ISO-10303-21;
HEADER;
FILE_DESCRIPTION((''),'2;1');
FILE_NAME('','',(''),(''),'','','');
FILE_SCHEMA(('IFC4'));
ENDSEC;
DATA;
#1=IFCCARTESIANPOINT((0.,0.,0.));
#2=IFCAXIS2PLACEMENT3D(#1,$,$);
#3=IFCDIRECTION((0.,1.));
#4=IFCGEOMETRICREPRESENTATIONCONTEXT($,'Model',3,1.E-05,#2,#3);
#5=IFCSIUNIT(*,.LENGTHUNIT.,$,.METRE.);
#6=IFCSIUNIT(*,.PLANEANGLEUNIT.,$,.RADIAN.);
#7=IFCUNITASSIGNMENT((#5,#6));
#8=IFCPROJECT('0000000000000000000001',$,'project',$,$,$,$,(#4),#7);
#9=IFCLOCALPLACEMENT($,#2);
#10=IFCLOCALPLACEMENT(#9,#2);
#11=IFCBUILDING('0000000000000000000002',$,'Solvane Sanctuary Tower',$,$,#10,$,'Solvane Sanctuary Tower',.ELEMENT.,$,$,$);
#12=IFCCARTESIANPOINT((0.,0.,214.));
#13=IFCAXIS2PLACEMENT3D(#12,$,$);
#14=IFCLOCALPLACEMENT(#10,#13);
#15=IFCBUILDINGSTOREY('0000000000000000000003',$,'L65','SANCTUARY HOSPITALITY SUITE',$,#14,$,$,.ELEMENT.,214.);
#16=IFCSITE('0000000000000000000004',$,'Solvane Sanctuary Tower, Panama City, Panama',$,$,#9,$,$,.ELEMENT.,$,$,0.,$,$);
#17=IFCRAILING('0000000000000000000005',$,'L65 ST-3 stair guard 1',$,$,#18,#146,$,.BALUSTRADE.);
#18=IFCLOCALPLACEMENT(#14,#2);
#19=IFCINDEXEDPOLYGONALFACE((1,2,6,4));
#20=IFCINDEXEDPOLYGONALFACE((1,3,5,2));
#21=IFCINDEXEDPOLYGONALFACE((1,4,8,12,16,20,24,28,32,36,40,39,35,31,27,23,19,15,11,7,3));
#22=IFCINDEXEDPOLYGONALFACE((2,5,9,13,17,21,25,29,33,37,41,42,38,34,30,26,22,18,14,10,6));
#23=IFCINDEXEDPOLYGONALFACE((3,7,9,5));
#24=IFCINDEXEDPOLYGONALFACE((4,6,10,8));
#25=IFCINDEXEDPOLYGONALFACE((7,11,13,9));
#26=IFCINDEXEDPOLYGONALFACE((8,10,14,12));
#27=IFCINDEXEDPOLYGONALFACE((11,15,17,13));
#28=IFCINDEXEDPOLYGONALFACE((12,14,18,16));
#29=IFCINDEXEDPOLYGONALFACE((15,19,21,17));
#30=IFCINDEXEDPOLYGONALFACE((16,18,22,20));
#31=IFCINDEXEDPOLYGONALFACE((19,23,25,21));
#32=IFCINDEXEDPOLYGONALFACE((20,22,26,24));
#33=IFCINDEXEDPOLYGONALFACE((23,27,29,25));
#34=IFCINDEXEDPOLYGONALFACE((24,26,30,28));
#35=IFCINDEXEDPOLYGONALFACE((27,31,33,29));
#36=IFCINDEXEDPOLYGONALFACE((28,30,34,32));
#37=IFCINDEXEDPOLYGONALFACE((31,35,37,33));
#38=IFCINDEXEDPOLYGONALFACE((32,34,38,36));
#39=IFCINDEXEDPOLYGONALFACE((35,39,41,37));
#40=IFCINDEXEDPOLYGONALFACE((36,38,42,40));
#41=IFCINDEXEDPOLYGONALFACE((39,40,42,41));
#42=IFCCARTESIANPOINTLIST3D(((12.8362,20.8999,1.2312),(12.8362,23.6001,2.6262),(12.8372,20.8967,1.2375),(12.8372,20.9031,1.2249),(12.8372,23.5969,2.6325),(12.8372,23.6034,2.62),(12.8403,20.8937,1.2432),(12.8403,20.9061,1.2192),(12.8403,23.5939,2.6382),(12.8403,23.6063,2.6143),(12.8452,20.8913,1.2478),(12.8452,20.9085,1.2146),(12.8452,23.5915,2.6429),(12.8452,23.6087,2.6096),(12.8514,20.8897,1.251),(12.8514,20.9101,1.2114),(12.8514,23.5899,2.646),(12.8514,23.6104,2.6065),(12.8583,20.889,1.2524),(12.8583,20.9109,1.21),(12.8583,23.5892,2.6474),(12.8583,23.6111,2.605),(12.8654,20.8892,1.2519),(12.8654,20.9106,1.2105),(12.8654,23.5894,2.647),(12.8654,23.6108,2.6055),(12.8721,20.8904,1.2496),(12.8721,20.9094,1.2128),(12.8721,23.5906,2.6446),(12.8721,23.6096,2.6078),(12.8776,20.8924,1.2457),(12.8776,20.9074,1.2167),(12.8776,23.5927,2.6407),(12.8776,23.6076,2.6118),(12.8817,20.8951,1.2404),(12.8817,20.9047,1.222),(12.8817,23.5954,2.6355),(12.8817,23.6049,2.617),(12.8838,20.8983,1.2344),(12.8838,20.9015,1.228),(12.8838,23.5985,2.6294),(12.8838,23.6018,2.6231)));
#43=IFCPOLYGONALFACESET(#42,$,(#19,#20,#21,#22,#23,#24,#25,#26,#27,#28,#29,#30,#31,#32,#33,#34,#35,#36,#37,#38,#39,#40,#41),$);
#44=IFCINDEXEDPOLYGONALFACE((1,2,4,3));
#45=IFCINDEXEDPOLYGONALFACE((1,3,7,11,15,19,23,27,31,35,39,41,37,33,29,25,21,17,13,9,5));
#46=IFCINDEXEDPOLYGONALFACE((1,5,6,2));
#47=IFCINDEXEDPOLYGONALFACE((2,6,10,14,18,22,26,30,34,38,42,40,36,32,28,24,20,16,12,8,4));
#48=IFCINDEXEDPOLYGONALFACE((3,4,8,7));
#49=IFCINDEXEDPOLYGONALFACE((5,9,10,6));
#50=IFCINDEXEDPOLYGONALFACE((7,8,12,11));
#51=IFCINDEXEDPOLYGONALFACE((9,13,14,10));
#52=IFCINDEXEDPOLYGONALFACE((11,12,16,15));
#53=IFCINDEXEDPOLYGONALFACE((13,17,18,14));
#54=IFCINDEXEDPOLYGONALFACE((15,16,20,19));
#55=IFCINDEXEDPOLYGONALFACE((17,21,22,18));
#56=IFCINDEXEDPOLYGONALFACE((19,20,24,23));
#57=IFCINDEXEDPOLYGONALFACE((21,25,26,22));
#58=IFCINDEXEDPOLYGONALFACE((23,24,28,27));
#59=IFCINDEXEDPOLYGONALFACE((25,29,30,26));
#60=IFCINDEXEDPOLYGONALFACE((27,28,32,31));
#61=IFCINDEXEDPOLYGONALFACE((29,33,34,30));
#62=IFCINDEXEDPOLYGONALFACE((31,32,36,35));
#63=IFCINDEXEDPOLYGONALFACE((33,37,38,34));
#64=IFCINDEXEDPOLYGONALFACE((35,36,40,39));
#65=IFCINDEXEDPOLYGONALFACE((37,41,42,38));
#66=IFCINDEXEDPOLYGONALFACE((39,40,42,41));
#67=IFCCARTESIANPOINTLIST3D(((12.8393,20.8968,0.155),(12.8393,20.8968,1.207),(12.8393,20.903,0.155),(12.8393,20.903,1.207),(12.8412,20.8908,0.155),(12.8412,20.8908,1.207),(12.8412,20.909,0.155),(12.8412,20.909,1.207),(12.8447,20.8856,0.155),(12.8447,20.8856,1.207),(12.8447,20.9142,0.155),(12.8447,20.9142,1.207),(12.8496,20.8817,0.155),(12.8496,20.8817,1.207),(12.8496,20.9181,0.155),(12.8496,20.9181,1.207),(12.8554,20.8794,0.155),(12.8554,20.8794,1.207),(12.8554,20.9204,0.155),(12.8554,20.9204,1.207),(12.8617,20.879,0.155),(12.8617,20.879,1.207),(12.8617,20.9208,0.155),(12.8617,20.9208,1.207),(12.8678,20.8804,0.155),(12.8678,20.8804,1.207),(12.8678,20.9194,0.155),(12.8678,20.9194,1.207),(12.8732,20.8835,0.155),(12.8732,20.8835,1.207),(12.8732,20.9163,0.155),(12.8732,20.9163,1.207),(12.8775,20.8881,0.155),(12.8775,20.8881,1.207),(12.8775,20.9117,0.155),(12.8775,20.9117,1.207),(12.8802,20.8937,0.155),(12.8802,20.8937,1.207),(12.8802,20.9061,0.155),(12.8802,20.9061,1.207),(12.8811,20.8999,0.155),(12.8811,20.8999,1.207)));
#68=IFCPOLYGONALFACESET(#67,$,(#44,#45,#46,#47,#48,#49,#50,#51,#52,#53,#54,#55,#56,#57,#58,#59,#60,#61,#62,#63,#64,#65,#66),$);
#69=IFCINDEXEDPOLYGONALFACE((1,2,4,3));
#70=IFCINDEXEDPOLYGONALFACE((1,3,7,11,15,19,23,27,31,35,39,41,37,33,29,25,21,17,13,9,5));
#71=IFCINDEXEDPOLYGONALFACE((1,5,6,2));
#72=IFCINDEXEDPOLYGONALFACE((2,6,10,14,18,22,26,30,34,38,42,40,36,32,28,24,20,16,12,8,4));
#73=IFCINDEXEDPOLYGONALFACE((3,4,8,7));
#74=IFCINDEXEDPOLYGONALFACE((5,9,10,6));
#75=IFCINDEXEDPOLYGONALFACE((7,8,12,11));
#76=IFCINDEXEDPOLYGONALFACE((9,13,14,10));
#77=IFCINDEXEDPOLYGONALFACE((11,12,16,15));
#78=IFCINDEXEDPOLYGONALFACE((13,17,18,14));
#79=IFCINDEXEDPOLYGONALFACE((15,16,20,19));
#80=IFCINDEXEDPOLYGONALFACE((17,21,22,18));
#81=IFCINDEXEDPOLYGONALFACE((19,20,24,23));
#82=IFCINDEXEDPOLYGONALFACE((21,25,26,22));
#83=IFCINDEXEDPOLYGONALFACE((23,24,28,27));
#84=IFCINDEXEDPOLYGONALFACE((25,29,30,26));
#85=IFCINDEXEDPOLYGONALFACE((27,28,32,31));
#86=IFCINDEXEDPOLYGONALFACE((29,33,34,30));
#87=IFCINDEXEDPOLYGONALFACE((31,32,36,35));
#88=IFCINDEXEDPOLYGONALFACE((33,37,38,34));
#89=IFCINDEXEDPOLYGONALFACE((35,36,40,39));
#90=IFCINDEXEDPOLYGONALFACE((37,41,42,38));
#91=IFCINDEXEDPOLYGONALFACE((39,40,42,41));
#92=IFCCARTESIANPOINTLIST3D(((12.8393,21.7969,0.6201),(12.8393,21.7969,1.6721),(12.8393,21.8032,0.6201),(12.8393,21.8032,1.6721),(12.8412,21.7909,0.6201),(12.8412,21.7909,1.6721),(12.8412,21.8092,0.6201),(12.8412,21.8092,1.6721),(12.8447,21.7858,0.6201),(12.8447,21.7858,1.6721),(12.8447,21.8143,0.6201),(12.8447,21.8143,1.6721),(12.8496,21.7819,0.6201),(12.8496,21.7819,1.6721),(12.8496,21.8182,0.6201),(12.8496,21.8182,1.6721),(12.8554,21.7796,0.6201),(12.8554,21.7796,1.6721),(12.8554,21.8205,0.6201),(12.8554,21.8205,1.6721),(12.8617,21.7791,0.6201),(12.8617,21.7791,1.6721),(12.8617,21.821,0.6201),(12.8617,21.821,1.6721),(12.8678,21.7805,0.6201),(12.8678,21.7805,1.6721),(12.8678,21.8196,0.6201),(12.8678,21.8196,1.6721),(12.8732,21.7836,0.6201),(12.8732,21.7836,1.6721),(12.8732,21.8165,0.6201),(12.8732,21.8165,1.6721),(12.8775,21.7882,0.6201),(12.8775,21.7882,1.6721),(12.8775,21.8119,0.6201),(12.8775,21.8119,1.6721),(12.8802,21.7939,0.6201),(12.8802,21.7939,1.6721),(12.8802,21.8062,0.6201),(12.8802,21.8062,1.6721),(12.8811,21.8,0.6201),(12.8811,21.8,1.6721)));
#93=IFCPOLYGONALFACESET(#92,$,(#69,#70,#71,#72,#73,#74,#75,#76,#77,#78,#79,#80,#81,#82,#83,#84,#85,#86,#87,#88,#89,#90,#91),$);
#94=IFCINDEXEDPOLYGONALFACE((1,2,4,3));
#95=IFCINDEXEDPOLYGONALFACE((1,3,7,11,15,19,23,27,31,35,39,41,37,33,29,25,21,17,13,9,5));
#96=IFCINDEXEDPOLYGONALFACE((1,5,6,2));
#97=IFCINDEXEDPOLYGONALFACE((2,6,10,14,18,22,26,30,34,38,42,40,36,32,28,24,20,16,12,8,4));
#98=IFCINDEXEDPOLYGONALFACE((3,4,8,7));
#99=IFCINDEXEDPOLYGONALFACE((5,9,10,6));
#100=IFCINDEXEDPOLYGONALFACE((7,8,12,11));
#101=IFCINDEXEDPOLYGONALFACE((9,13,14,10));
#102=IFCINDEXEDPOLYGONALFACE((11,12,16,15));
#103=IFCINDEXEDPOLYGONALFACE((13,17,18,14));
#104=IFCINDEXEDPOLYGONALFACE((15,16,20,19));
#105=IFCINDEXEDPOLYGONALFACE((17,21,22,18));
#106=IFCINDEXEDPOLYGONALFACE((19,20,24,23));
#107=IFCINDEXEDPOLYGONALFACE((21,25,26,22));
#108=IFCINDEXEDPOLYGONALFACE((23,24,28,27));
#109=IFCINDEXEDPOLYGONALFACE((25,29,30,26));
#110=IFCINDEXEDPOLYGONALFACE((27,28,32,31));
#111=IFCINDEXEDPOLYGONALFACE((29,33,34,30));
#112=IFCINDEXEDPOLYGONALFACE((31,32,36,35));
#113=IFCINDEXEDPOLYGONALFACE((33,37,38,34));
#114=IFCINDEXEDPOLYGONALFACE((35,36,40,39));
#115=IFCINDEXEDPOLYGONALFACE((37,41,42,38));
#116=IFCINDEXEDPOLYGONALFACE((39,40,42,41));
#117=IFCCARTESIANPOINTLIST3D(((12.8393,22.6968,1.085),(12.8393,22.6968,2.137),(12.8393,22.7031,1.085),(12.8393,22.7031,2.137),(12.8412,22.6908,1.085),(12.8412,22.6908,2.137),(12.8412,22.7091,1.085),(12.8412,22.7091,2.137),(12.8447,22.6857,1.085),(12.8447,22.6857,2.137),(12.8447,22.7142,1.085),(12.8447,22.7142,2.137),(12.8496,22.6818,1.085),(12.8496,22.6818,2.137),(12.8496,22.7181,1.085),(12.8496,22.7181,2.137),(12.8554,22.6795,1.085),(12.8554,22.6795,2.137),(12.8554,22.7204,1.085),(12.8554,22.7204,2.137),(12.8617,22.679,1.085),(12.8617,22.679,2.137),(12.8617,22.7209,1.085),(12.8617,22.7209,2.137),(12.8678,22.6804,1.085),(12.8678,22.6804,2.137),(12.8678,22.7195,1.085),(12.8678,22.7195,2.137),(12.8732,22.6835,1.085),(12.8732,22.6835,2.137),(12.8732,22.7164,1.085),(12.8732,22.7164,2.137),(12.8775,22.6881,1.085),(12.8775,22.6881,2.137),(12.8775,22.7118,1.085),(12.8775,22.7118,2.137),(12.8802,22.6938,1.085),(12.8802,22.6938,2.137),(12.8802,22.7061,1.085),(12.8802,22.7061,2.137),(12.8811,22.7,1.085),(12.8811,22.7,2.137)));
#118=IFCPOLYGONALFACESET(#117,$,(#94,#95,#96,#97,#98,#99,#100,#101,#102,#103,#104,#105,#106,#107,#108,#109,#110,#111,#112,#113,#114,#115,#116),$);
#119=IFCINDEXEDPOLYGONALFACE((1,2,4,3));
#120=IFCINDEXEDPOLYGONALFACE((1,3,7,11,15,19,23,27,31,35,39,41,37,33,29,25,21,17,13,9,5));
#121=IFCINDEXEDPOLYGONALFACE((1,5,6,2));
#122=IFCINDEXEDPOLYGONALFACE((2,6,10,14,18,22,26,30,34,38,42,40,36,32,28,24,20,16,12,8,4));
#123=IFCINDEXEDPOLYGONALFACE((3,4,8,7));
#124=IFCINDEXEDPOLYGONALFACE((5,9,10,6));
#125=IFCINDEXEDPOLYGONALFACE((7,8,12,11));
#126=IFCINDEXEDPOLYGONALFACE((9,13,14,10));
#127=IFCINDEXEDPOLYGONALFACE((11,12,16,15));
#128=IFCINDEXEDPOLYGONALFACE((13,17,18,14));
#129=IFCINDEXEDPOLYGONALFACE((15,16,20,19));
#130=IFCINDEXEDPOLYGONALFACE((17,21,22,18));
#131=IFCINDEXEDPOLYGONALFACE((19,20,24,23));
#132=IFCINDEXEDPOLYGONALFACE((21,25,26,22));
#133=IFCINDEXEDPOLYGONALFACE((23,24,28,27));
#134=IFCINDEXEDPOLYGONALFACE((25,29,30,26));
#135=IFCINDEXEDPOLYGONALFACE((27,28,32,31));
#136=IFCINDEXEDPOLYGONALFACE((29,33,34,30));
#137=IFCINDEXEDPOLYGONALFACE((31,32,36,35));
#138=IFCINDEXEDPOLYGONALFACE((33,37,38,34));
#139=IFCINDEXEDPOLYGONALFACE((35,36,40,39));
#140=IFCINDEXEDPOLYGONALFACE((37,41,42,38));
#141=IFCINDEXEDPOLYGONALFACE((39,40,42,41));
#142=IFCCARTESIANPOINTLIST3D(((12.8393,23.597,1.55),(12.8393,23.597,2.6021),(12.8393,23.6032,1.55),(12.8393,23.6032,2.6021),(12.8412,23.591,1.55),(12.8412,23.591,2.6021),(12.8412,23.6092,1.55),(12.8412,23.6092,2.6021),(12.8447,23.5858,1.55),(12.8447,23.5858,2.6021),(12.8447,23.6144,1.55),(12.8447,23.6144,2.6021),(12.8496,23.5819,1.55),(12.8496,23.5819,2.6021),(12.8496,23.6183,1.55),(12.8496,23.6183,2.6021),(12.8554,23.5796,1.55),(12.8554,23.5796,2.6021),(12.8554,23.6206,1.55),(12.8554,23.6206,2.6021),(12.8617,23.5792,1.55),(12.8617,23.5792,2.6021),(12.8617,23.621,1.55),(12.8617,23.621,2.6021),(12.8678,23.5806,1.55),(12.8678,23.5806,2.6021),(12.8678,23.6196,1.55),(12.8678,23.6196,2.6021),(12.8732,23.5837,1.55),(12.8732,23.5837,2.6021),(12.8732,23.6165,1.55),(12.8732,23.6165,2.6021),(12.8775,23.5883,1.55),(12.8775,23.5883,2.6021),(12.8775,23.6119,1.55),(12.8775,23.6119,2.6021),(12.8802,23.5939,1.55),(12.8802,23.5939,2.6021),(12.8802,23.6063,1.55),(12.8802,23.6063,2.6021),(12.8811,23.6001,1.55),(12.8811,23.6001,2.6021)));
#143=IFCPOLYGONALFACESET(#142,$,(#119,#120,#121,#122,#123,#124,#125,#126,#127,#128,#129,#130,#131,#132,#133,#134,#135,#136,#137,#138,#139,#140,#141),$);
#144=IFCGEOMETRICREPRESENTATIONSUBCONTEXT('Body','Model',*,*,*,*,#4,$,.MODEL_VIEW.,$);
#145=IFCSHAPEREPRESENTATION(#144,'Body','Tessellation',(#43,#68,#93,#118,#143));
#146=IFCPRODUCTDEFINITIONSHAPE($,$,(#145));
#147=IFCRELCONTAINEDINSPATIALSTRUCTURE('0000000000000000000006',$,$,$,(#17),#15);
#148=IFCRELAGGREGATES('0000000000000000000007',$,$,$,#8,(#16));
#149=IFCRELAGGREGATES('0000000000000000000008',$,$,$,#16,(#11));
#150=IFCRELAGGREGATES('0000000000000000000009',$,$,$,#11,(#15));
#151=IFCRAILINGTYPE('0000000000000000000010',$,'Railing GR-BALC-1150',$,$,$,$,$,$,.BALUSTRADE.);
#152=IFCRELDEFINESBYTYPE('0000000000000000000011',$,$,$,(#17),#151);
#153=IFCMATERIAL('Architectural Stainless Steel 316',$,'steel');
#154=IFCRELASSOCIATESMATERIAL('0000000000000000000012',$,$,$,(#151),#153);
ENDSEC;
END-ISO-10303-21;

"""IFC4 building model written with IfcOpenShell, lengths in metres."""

from ifc_helpers import new_model, si_unit, direction, frame, origin, origin_2d, place, context, subcontext, project, spatial, circle, extrude, material, type_object, element, save


model = new_model("IFC4")

# Units and contexts
model_context = context("Model", 3, precision=1e-05, world=origin(), true_north=direction((0.0, 1.0)))
body_context = subcontext(model_context, "Body", "Model", "MODEL_VIEW")
ifc_project = project(units=[si_unit("LENGTHUNIT", "METRE"), si_unit("PLANEANGLEUNIT", "RADIAN")], contexts=[model_context])

# Site, building, storey
site_placement = place(None, origin())
site = spatial("IfcSite", under=ifc_project, at=site_placement, Name="Solvane Sanctuary Tower, Panama City, Panama", CompositionType="ELEMENT", RefElevation=0.0)
building_placement = place(site_placement, origin())
building = spatial("IfcBuilding", under=site, at=building_placement, Name="Solvane Sanctuary Tower", LongName="Solvane Sanctuary Tower", CompositionType="ELEMENT")
storey_placement = place(building_placement, frame((0.0, 0.0, 214.0)))
storey = spatial("IfcBuildingStorey", under=building, at=storey_placement, Name="L65", Description="SANCTUARY HOSPITALITY SUITE", CompositionType="ELEMENT", Elevation=214.0)

# Shared definitions
ifc_material_1 = material(Name="Architectural Stainless Steel 316", Category="steel")

# Railing
railing_type_1 = type_object("IfcRailingType", Name="Railing GR-BALC-1150", PredefinedType="BALUSTRADE", material=ifc_material_1)
railing_1_placement = place(storey_placement, frame((12.8601, 20.8999, 0.155)))
element("IfcRailing", 1, at=railing_1_placement, inside=storey, type_object=railing_type_1, Name="L65 ST-3 stair guard 1", PredefinedType="BALUSTRADE", context=body_context, shape_type="SweptSolid", body=[
    extrude(circle(Radius=0.0239, at=origin_2d()), frame((0.0, 0.0, 1.0762), z_axis=(0.0, 0.888437, 0.458999), x_axis=(-1.0, 0.0, 0.0)), (0.0, 0.0, 1.0), 3.0393),
    extrude(circle(Radius=0.021, at=origin_2d()), origin(), (0.0, 0.0, 1.0), 1.052),
    extrude(circle(Radius=0.021, at=origin_2d()), frame((0.0, 0.9001, 0.4651)), (0.0, 0.0, 1.0), 1.052),
    extrude(circle(Radius=0.021, at=origin_2d()), frame((0.0, 1.8, 0.9299)), (0.0, 0.0, 1.0), 1.052),
    extrude(circle(Radius=0.021, at=origin_2d()), frame((0.0, 2.7002, 1.395)), (0.0, 0.0, 1.0), 1.052),
])

save(model, "model.ifc")
